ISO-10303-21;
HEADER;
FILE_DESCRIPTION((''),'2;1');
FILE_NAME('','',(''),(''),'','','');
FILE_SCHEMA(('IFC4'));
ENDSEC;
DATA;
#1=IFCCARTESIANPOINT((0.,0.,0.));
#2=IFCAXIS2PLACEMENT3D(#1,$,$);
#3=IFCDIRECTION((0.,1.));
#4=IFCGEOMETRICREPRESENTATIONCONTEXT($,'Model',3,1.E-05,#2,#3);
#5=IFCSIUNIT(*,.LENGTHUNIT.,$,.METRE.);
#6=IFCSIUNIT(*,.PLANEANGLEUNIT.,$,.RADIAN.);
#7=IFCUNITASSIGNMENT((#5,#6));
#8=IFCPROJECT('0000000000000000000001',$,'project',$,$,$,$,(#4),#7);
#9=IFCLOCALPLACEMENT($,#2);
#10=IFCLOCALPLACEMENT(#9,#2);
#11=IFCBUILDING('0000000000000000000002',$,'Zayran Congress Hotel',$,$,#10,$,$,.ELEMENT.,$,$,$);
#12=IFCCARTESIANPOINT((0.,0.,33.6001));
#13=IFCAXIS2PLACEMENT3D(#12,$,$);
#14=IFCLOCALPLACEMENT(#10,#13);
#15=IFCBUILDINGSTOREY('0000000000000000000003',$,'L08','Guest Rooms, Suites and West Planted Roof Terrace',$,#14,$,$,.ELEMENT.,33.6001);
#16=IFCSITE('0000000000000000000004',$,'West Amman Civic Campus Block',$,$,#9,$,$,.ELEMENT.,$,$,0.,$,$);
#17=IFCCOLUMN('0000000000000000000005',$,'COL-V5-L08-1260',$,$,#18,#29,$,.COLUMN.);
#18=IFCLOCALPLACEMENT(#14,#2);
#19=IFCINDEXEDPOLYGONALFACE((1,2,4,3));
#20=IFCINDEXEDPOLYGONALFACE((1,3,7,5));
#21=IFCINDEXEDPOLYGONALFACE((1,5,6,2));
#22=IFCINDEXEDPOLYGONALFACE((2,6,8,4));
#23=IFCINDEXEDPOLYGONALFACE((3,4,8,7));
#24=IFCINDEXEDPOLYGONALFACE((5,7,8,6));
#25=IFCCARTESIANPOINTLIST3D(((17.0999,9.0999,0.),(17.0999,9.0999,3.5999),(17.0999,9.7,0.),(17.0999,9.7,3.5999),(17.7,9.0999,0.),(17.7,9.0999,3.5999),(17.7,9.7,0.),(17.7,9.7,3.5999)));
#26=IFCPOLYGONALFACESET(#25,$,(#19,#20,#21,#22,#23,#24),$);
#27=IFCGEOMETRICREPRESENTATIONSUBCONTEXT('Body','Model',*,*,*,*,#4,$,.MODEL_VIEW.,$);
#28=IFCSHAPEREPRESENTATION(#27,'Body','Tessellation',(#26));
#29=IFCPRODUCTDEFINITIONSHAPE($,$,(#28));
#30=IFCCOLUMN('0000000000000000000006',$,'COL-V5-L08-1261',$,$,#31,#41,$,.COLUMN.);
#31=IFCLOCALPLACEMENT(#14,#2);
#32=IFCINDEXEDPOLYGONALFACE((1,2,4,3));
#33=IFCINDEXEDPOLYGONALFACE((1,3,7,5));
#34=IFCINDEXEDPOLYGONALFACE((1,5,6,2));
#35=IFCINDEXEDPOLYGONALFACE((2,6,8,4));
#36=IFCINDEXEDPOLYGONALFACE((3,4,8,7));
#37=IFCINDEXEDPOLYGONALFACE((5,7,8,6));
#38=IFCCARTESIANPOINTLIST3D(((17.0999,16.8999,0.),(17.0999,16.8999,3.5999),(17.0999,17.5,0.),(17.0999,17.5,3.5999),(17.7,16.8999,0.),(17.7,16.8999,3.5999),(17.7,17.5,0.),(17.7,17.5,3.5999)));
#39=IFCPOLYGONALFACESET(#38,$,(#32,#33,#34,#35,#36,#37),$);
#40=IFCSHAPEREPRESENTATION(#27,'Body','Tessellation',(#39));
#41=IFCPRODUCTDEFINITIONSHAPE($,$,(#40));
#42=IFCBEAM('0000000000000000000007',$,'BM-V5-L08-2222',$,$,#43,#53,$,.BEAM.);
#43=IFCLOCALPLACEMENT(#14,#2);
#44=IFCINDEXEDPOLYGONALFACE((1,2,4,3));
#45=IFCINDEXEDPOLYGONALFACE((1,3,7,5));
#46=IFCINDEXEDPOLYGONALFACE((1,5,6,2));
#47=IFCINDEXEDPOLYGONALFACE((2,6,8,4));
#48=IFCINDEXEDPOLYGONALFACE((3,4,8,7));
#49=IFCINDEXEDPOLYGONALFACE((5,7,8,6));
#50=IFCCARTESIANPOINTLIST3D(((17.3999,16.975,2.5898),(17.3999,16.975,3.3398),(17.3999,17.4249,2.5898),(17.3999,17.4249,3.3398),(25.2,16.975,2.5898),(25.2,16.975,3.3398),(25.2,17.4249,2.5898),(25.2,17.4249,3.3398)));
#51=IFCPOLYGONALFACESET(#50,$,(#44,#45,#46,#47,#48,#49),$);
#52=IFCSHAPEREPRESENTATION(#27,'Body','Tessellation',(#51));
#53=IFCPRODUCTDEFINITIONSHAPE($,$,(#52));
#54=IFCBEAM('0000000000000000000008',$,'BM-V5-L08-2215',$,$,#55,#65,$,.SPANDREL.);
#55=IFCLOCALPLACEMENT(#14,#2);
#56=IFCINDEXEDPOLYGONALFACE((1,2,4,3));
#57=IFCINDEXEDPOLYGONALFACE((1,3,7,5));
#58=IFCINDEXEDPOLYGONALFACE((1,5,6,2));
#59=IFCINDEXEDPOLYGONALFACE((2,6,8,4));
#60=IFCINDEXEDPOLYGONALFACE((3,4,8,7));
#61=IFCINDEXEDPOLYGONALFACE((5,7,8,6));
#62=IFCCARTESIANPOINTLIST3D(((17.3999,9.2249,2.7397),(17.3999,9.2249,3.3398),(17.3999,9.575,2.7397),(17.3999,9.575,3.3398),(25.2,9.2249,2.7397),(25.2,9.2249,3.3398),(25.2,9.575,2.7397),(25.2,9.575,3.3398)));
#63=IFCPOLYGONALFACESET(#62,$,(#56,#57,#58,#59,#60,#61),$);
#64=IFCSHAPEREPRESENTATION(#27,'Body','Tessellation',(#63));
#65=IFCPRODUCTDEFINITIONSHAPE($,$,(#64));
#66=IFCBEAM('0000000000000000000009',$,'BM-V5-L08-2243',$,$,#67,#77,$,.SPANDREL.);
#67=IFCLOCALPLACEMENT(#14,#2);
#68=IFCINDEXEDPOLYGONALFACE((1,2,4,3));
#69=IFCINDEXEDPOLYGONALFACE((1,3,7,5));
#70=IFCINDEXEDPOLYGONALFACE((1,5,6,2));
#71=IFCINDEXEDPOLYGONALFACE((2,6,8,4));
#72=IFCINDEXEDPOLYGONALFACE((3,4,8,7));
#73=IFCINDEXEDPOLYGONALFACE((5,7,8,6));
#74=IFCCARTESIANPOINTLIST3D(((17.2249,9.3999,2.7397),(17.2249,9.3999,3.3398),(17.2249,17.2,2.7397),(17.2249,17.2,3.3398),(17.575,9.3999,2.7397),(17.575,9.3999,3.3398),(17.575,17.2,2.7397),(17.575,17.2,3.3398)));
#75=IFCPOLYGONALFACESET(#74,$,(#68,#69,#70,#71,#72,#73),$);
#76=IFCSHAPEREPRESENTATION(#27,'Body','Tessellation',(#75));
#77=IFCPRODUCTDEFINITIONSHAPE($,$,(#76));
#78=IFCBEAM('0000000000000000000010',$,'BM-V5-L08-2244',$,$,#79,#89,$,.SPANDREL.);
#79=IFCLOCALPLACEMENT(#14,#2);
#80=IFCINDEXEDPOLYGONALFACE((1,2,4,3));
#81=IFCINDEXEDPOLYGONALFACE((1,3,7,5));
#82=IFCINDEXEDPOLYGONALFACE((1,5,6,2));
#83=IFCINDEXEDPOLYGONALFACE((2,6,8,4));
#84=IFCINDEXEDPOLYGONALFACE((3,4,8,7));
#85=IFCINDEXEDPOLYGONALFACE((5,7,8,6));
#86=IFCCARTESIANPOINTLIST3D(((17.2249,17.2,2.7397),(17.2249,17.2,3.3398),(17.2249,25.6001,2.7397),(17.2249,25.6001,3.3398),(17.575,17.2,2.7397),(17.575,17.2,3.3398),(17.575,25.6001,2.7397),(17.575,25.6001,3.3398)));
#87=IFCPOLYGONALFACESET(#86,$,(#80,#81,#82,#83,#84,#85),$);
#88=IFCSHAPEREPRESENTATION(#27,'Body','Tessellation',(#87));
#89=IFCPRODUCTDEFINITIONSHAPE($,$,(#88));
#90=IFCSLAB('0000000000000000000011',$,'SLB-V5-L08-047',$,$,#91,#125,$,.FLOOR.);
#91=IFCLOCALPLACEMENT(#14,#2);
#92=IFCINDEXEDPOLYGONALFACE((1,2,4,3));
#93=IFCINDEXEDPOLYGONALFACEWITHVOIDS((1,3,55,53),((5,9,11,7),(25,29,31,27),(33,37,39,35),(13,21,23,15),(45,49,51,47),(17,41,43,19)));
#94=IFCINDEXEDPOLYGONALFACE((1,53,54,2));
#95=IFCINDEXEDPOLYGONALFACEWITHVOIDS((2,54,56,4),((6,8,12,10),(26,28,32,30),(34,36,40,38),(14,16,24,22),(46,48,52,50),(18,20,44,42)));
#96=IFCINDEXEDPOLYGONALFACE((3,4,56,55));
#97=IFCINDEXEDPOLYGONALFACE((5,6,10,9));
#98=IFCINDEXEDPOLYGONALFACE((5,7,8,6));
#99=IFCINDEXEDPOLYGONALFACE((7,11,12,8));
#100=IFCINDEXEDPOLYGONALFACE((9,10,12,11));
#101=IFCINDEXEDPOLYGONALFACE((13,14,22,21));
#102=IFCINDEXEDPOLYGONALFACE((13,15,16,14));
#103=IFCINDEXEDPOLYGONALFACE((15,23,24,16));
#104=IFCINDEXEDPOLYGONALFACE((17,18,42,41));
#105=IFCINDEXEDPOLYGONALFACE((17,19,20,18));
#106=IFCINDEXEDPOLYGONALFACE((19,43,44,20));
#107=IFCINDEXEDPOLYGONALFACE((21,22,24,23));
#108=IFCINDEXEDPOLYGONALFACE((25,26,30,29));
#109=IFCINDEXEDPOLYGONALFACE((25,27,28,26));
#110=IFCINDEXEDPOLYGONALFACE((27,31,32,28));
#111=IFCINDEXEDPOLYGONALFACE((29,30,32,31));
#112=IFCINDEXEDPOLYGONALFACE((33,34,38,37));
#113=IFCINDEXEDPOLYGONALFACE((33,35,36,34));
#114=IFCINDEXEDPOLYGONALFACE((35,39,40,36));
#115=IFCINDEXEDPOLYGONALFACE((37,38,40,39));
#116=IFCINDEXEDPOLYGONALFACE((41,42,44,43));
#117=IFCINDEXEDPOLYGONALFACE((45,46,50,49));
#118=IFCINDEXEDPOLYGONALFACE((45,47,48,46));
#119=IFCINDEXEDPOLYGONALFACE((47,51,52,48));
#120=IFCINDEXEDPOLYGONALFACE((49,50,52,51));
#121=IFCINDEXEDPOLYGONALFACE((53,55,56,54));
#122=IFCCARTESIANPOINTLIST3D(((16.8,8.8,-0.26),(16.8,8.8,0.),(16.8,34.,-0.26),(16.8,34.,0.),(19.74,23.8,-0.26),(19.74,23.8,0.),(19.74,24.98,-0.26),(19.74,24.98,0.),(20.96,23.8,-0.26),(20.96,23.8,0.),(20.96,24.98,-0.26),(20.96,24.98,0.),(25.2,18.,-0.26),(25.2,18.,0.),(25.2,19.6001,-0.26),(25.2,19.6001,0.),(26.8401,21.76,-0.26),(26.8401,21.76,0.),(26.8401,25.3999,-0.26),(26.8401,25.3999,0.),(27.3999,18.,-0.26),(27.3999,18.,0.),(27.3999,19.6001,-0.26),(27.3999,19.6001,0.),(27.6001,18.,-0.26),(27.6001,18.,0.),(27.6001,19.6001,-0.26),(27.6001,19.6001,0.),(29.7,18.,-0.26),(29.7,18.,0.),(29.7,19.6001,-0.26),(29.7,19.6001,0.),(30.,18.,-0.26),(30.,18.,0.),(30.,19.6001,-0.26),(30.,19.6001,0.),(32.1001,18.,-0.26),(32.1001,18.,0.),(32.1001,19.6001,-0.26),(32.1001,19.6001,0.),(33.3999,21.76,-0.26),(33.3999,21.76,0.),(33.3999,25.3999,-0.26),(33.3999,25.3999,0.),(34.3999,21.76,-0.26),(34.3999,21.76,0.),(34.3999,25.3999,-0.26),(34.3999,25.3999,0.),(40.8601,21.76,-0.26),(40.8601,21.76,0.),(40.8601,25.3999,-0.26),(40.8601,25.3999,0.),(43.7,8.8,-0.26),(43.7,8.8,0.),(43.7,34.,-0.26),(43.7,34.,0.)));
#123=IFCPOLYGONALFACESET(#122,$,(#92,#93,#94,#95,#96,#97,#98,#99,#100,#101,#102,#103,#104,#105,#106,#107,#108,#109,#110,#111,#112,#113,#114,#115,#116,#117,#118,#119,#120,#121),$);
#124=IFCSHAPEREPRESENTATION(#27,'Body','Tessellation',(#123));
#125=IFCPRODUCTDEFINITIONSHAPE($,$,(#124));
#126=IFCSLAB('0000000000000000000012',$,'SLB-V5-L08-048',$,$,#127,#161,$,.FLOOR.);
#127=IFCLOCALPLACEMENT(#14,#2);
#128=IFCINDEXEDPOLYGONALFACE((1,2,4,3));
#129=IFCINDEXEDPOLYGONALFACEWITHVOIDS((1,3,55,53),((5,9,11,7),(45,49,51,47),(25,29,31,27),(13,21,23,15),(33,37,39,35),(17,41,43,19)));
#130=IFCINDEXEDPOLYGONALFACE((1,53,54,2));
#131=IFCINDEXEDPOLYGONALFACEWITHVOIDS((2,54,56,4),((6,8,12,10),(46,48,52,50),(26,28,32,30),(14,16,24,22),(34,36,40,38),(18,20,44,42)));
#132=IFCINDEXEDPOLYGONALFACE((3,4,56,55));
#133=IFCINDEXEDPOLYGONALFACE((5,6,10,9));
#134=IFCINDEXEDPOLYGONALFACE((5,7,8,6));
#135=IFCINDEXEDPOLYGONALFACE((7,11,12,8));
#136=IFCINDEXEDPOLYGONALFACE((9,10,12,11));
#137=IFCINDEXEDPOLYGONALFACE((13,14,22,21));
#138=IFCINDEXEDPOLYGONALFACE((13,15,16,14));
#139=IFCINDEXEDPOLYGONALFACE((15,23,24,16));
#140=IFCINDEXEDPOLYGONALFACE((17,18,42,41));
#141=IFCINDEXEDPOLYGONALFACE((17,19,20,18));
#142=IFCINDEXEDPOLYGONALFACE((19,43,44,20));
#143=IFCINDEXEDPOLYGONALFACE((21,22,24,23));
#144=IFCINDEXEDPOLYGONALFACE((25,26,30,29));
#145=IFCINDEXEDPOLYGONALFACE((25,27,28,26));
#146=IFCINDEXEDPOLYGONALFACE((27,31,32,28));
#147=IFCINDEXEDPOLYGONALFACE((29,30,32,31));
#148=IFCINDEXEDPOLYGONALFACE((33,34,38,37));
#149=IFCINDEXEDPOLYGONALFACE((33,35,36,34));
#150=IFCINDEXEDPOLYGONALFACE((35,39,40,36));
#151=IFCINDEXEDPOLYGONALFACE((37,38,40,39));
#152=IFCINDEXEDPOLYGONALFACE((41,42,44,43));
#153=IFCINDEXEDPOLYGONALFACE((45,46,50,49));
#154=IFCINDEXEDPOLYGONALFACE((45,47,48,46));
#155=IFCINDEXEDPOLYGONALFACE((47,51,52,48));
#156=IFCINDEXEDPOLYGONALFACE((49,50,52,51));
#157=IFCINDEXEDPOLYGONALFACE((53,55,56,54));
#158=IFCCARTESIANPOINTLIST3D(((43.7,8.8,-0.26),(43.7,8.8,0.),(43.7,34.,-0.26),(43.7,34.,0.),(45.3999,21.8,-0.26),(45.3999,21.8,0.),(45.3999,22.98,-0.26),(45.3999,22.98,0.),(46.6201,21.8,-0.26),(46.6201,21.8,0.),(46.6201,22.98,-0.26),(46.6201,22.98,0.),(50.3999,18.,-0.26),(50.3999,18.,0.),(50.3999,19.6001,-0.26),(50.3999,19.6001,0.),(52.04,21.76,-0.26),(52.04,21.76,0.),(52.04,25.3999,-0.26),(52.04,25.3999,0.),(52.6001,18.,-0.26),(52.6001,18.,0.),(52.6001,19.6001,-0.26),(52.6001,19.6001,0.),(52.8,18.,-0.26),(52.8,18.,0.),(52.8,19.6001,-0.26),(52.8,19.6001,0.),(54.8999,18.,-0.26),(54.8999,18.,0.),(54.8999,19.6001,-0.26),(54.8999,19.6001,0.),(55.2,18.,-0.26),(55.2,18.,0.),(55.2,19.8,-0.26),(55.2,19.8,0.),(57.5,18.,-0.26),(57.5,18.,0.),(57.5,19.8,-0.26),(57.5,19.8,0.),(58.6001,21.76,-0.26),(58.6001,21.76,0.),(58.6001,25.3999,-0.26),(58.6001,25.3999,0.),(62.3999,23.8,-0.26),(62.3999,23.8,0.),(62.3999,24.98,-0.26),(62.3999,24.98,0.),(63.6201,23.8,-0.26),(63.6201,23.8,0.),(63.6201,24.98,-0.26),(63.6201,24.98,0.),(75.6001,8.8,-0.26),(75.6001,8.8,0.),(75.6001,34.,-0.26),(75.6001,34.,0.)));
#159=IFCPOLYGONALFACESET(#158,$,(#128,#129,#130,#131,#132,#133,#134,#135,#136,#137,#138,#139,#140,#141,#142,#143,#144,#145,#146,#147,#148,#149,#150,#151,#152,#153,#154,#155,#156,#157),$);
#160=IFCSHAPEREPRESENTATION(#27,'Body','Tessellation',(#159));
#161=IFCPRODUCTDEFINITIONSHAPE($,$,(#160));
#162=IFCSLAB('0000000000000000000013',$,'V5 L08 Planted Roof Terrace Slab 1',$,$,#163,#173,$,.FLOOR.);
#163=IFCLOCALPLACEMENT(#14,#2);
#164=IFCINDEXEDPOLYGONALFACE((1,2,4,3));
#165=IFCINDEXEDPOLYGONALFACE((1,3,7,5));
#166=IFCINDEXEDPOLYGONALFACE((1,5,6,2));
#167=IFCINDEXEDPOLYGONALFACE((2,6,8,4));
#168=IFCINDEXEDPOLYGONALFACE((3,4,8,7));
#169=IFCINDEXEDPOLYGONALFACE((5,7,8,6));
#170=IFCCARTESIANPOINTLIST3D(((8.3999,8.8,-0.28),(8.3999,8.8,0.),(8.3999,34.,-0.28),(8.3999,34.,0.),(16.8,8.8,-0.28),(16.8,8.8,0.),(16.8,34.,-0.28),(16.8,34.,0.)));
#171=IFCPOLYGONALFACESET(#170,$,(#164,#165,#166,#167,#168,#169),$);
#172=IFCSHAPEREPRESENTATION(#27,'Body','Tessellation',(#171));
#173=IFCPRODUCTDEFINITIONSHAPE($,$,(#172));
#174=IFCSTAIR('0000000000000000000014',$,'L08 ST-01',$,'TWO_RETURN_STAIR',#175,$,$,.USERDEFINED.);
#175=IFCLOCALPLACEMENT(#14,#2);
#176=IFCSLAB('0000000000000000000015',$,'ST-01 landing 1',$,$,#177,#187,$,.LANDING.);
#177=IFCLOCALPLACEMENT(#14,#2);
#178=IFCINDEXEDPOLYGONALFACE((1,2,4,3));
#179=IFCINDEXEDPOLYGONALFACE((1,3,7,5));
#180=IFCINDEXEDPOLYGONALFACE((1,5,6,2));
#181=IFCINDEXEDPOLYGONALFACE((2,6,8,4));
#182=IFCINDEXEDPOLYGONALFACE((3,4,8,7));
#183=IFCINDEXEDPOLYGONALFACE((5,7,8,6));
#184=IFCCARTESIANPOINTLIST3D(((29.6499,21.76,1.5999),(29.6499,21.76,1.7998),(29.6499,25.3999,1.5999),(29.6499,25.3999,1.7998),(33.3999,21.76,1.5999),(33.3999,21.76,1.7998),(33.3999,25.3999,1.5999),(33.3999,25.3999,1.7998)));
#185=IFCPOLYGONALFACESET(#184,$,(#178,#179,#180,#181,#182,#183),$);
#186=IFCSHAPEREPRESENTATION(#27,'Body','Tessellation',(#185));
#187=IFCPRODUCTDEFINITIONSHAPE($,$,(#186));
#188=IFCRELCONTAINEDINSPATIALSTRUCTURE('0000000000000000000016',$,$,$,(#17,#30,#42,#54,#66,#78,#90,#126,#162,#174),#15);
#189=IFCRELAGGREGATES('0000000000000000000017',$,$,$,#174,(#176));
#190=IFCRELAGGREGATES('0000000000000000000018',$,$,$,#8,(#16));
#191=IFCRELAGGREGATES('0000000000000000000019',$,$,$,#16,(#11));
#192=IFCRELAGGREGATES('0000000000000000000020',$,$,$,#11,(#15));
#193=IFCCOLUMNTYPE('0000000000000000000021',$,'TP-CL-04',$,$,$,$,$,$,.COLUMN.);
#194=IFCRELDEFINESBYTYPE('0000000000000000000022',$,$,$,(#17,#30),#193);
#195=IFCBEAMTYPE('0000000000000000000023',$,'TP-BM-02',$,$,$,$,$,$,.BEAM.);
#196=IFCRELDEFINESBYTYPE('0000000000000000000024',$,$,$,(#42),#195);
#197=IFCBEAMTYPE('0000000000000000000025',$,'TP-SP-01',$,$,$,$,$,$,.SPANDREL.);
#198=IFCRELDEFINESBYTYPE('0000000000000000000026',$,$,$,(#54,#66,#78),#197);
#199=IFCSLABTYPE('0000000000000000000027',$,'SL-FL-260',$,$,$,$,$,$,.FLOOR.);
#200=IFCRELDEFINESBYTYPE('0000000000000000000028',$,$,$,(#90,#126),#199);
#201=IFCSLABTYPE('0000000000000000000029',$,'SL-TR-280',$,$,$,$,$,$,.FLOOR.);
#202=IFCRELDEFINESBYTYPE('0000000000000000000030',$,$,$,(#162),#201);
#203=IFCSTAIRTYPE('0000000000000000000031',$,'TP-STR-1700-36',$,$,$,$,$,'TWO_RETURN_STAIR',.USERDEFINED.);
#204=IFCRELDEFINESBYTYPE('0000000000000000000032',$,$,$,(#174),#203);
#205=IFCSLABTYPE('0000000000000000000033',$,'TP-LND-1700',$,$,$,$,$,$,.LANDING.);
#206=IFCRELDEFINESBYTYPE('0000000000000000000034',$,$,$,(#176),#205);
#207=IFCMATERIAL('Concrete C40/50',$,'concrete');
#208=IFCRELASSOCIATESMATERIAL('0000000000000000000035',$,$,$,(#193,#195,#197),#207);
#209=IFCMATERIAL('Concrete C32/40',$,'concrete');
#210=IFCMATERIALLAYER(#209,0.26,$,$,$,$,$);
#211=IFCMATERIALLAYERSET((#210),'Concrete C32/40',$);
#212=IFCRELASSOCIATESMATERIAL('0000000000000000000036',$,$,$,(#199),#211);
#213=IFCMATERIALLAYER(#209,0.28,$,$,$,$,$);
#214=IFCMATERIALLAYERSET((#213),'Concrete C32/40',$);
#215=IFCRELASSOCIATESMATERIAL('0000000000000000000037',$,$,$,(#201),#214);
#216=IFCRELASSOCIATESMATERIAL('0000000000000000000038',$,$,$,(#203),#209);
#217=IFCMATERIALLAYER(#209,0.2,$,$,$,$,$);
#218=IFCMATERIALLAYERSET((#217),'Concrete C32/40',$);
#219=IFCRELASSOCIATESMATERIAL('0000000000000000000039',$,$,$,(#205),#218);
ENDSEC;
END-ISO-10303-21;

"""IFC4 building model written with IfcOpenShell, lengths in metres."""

from ifc_helpers import new_model, si_unit, direction, frame, origin, origin_2d, place, context, subcontext, project, spatial, polyline, rectangle, outline, extrude, material, layer, layer_set, material_profile, profile_set, type_object, element, aggregate, save


model = new_model("IFC4")

# Units and contexts
model_context = context("Model", 3, precision=1e-05, world=origin(), true_north=direction((0.0, 1.0)))
body_context = subcontext(model_context, "Body", "Model", "MODEL_VIEW")
ifc_project = project(units=[si_unit("LENGTHUNIT", "METRE"), si_unit("PLANEANGLEUNIT", "RADIAN")], contexts=[model_context])

# Site, building, storey
site_placement = place(None, origin())
site = spatial("IfcSite", under=ifc_project, at=site_placement, Name="West Amman Civic Campus Block", CompositionType="ELEMENT", RefElevation=0.0)
building_placement = place(site_placement, origin())
building = spatial("IfcBuilding", under=site, at=building_placement, Name="Zayran Congress Hotel", CompositionType="ELEMENT")
storey_placement = place(building_placement, frame((0.0, 0.0, 33.6001)))
storey = spatial("IfcBuildingStorey", under=building, at=storey_placement, Name="L08", Description="Guest Rooms, Suites and West Planted Roof Terrace", CompositionType="ELEMENT", Elevation=33.6001)

# Columns
ifc_material_1 = material(Name="Concrete C40/50", Category="concrete")
ifc_material_profile_1 = material_profile(ifc_material_1, rectangle(XDim=0.6001, YDim=0.6001, at=origin_2d()), Name="RC 600x600")
ifc_profile_set_1 = profile_set([ifc_material_profile_1], Name="Concrete C40/50")
column_type = type_object("IfcColumnType", Name="TP-CL-04", PredefinedType="COLUMN", material=ifc_profile_set_1)
for number, where, z_axis, x_axis, name in (
    (1, (17.3999, 9.3999, 0.0), (0.0, 0.0, 1.0), (1.0, 0.0, 0.0), "COL-V5-L08-1260"),
    (2, (17.3999, 17.2, 0.0), (0.0, 0.0, 1.0), (1.0, 0.0, 0.0), "COL-V5-L08-1261"),
):
    element("IfcColumn", number, at=place(storey_placement, frame(where, z_axis=z_axis, x_axis=x_axis)), inside=storey, type_object=column_type, Name=name, PredefinedType="COLUMN", context=body_context, shape_type="SweptSolid", body=[
        extrude(rectangle(XDim=0.6001, YDim=0.6001, at=origin_2d()), origin(), (0.0, 0.0, 1.0), 3.5999),
    ])

# Beams
ifc_material_profile_2 = material_profile(ifc_material_1, rectangle(XDim=0.45, YDim=0.75, at=origin_2d()), Name="RC 450x750")
ifc_profile_set_2 = profile_set([ifc_material_profile_2], Name="Concrete C40/50")
beam_type_1 = type_object("IfcBeamType", Name="TP-BM-02", PredefinedType="BEAM", material=ifc_profile_set_2)
beam_1_placement = place(storey_placement, frame((17.3999, 17.2, 2.9648), z_axis=(1.0, 0.0, 0.0), x_axis=(0.0, 1.0, 0.0)))
element("IfcBeam", 3, at=beam_1_placement, inside=storey, type_object=beam_type_1, Name="BM-V5-L08-2222", PredefinedType="BEAM", context=body_context, shape_type="SweptSolid", body=[
    extrude(rectangle(XDim=0.45, YDim=0.75, at=origin_2d()), origin(), (0.0, 0.0, 1.0), 7.8),
])
ifc_material_profile_3 = material_profile(ifc_material_1, rectangle(XDim=0.3501, YDim=0.6001, at=origin_2d()), Name="RC 350x600")
ifc_profile_set_3 = profile_set([ifc_material_profile_3], Name="Concrete C40/50")
beam_type_2 = type_object("IfcBeamType", Name="TP-SP-01", PredefinedType="SPANDREL", material=ifc_profile_set_3)
for number, where, z_axis, x_axis, name in (
    (4, (17.3999, 9.3999, 3.0398), (1.0, 0.0, 0.0), (0.0, 1.0, 0.0), "BM-V5-L08-2215"),
    (5, (17.3999, 9.3999, 3.0398), (0.0, 1.0, 0.0), (-1.0, 0.0, 0.0), "BM-V5-L08-2243"),
):
    element("IfcBeam", number, at=place(storey_placement, frame(where, z_axis=z_axis, x_axis=x_axis)), inside=storey, type_object=beam_type_2, Name=name, PredefinedType="SPANDREL", context=body_context, shape_type="SweptSolid", body=[
        extrude(rectangle(XDim=0.3501, YDim=0.6001, at=origin_2d()), origin(), (0.0, 0.0, 1.0), 7.8),
    ])
beam_2_placement = place(storey_placement, frame((17.3999, 17.2, 3.0398), z_axis=(0.0, 1.0, 0.0), x_axis=(-1.0, 0.0, 0.0)))
element("IfcBeam", 6, at=beam_2_placement, inside=storey, type_object=beam_type_2, Name="BM-V5-L08-2244", PredefinedType="SPANDREL", context=body_context, shape_type="SweptSolid", body=[
    extrude(rectangle(XDim=0.3501, YDim=0.6001, at=origin_2d()), origin(), (0.0, 0.0, 1.0), 8.4001),
])

# Slabs
ifc_material_2 = material(Name="Concrete C32/40", Category="concrete")
ifc_layer_1 = layer(ifc_material_2, 0.26)
ifc_layer_set_1 = layer_set([ifc_layer_1], Name="Concrete C32/40")
slab_type_1 = type_object("IfcSlabType", Name="SL-FL-260", PredefinedType="FLOOR", material=ifc_layer_set_1)
slab_1_placement = place(storey_placement, frame((0.0, 0.0, -0.26)))
element("IfcSlab", 7, at=slab_1_placement, inside=storey, type_object=slab_type_1, Name="SLB-V5-L08-047", PredefinedType="FLOOR", context=body_context, shape_type="SweptSolid", body=[
    extrude(outline(polyline([(16.8, 8.8), (43.7, 8.8), (43.7, 34.0), (16.8, 34.0), (16.8, 8.8)]), holes=[polyline([(26.8401, 21.76), (33.3999, 21.76), (33.3999, 25.3999), (26.8401, 25.3999), (26.8401, 21.76)]), polyline([(25.2, 18.0), (27.3999, 18.0), (27.3999, 19.6001), (25.2, 19.6001), (25.2, 18.0)]), polyline([(27.6001, 18.0), (29.7, 18.0), (29.7, 19.6001), (27.6001, 19.6001), (27.6001, 18.0)]), polyline([(30.0, 18.0), (32.1001, 18.0), (32.1001, 19.6001), (30.0, 19.6001), (30.0, 18.0)]), polyline([(34.3999, 21.76), (40.8601, 21.76), (40.8601, 25.3999), (34.3999, 25.3999), (34.3999, 21.76)]), polyline([(19.74, 23.8), (20.96, 23.8), (20.96, 24.98), (19.74, 24.98), (19.74, 23.8)])]), origin(), (0.0, 0.0, 1.0), 0.26),
])
slab_2_placement = place(storey_placement, frame((0.0, 0.0, -0.26)))
element("IfcSlab", 8, at=slab_2_placement, inside=storey, type_object=slab_type_1, Name="SLB-V5-L08-048", PredefinedType="FLOOR", context=body_context, shape_type="SweptSolid", body=[
    extrude(outline(polyline([(43.7, 8.8), (75.6001, 8.8), (75.6001, 34.0), (43.7, 34.0), (43.7, 8.8)]), holes=[polyline([(52.04, 21.76), (58.6001, 21.76), (58.6001, 25.3999), (52.04, 25.3999), (52.04, 21.76)]), polyline([(50.3999, 18.0), (52.6001, 18.0), (52.6001, 19.6001), (50.3999, 19.6001), (50.3999, 18.0)]), polyline([(52.8, 18.0), (54.8999, 18.0), (54.8999, 19.6001), (52.8, 19.6001), (52.8, 18.0)]), polyline([(55.2, 18.0), (57.5, 18.0), (57.5, 19.8), (55.2, 19.8), (55.2, 18.0)]), polyline([(45.3999, 21.8), (46.6201, 21.8), (46.6201, 22.98), (45.3999, 22.98), (45.3999, 21.8)]), polyline([(62.3999, 23.8), (63.6201, 23.8), (63.6201, 24.98), (62.3999, 24.98), (62.3999, 23.8)])]), origin(), (0.0, 0.0, 1.0), 0.26),
])
ifc_layer_2 = layer(ifc_material_2, 0.28)
ifc_layer_set_2 = layer_set([ifc_layer_2], Name="Concrete C32/40")
slab_type_2 = type_object("IfcSlabType", Name="SL-TR-280", PredefinedType="FLOOR", material=ifc_layer_set_2)
slab_3_placement = place(storey_placement, frame((0.0, 0.0, -0.28)))
element("IfcSlab", 9, at=slab_3_placement, inside=storey, type_object=slab_type_2, Name="V5 L08 Planted Roof Terrace Slab 1", PredefinedType="FLOOR", context=body_context, shape_type="SweptSolid", body=[
    extrude(outline(polyline([(8.3999, 8.8), (16.8, 8.8), (16.8, 34.0), (8.3999, 34.0), (8.3999, 8.8)])), origin(), (0.0, 0.0, 1.0), 0.28),
])

# Stair, slab
stair_type = type_object("IfcStairType", Name="TP-STR-1700-36", ElementType="TWO_RETURN_STAIR", PredefinedType="USERDEFINED", material=ifc_material_2)
stair_1_placement = place(storey_placement, origin())
stair_1 = element("IfcStair", 10, at=stair_1_placement, inside=storey, type_object=stair_type, Name="L08 ST-01", ObjectType="TWO_RETURN_STAIR", PredefinedType="USERDEFINED")
ifc_layer_3 = layer(ifc_material_2, 0.2)
ifc_layer_set_3 = layer_set([ifc_layer_3], Name="Concrete C32/40")
slab_type_3 = type_object("IfcSlabType", Name="TP-LND-1700", PredefinedType="LANDING", material=ifc_layer_set_3)
slab_4_placement = place(storey_placement, frame((0.0, 0.0, 1.5999)))
slab_4 = element("IfcSlab", 11, at=slab_4_placement, type_object=slab_type_3, Name="ST-01 landing 1", PredefinedType="LANDING", context=body_context, shape_type="SweptSolid", body=[
    extrude(outline(polyline([(29.6499, 21.76), (33.3999, 21.76), (33.3999, 25.3999), (29.6499, 25.3999), (29.6499, 21.76)])), origin(), (0.0, 0.0, 1.0), 0.2),
])
aggregate(stair_1, [slab_4])

save(model, "model.ifc")
